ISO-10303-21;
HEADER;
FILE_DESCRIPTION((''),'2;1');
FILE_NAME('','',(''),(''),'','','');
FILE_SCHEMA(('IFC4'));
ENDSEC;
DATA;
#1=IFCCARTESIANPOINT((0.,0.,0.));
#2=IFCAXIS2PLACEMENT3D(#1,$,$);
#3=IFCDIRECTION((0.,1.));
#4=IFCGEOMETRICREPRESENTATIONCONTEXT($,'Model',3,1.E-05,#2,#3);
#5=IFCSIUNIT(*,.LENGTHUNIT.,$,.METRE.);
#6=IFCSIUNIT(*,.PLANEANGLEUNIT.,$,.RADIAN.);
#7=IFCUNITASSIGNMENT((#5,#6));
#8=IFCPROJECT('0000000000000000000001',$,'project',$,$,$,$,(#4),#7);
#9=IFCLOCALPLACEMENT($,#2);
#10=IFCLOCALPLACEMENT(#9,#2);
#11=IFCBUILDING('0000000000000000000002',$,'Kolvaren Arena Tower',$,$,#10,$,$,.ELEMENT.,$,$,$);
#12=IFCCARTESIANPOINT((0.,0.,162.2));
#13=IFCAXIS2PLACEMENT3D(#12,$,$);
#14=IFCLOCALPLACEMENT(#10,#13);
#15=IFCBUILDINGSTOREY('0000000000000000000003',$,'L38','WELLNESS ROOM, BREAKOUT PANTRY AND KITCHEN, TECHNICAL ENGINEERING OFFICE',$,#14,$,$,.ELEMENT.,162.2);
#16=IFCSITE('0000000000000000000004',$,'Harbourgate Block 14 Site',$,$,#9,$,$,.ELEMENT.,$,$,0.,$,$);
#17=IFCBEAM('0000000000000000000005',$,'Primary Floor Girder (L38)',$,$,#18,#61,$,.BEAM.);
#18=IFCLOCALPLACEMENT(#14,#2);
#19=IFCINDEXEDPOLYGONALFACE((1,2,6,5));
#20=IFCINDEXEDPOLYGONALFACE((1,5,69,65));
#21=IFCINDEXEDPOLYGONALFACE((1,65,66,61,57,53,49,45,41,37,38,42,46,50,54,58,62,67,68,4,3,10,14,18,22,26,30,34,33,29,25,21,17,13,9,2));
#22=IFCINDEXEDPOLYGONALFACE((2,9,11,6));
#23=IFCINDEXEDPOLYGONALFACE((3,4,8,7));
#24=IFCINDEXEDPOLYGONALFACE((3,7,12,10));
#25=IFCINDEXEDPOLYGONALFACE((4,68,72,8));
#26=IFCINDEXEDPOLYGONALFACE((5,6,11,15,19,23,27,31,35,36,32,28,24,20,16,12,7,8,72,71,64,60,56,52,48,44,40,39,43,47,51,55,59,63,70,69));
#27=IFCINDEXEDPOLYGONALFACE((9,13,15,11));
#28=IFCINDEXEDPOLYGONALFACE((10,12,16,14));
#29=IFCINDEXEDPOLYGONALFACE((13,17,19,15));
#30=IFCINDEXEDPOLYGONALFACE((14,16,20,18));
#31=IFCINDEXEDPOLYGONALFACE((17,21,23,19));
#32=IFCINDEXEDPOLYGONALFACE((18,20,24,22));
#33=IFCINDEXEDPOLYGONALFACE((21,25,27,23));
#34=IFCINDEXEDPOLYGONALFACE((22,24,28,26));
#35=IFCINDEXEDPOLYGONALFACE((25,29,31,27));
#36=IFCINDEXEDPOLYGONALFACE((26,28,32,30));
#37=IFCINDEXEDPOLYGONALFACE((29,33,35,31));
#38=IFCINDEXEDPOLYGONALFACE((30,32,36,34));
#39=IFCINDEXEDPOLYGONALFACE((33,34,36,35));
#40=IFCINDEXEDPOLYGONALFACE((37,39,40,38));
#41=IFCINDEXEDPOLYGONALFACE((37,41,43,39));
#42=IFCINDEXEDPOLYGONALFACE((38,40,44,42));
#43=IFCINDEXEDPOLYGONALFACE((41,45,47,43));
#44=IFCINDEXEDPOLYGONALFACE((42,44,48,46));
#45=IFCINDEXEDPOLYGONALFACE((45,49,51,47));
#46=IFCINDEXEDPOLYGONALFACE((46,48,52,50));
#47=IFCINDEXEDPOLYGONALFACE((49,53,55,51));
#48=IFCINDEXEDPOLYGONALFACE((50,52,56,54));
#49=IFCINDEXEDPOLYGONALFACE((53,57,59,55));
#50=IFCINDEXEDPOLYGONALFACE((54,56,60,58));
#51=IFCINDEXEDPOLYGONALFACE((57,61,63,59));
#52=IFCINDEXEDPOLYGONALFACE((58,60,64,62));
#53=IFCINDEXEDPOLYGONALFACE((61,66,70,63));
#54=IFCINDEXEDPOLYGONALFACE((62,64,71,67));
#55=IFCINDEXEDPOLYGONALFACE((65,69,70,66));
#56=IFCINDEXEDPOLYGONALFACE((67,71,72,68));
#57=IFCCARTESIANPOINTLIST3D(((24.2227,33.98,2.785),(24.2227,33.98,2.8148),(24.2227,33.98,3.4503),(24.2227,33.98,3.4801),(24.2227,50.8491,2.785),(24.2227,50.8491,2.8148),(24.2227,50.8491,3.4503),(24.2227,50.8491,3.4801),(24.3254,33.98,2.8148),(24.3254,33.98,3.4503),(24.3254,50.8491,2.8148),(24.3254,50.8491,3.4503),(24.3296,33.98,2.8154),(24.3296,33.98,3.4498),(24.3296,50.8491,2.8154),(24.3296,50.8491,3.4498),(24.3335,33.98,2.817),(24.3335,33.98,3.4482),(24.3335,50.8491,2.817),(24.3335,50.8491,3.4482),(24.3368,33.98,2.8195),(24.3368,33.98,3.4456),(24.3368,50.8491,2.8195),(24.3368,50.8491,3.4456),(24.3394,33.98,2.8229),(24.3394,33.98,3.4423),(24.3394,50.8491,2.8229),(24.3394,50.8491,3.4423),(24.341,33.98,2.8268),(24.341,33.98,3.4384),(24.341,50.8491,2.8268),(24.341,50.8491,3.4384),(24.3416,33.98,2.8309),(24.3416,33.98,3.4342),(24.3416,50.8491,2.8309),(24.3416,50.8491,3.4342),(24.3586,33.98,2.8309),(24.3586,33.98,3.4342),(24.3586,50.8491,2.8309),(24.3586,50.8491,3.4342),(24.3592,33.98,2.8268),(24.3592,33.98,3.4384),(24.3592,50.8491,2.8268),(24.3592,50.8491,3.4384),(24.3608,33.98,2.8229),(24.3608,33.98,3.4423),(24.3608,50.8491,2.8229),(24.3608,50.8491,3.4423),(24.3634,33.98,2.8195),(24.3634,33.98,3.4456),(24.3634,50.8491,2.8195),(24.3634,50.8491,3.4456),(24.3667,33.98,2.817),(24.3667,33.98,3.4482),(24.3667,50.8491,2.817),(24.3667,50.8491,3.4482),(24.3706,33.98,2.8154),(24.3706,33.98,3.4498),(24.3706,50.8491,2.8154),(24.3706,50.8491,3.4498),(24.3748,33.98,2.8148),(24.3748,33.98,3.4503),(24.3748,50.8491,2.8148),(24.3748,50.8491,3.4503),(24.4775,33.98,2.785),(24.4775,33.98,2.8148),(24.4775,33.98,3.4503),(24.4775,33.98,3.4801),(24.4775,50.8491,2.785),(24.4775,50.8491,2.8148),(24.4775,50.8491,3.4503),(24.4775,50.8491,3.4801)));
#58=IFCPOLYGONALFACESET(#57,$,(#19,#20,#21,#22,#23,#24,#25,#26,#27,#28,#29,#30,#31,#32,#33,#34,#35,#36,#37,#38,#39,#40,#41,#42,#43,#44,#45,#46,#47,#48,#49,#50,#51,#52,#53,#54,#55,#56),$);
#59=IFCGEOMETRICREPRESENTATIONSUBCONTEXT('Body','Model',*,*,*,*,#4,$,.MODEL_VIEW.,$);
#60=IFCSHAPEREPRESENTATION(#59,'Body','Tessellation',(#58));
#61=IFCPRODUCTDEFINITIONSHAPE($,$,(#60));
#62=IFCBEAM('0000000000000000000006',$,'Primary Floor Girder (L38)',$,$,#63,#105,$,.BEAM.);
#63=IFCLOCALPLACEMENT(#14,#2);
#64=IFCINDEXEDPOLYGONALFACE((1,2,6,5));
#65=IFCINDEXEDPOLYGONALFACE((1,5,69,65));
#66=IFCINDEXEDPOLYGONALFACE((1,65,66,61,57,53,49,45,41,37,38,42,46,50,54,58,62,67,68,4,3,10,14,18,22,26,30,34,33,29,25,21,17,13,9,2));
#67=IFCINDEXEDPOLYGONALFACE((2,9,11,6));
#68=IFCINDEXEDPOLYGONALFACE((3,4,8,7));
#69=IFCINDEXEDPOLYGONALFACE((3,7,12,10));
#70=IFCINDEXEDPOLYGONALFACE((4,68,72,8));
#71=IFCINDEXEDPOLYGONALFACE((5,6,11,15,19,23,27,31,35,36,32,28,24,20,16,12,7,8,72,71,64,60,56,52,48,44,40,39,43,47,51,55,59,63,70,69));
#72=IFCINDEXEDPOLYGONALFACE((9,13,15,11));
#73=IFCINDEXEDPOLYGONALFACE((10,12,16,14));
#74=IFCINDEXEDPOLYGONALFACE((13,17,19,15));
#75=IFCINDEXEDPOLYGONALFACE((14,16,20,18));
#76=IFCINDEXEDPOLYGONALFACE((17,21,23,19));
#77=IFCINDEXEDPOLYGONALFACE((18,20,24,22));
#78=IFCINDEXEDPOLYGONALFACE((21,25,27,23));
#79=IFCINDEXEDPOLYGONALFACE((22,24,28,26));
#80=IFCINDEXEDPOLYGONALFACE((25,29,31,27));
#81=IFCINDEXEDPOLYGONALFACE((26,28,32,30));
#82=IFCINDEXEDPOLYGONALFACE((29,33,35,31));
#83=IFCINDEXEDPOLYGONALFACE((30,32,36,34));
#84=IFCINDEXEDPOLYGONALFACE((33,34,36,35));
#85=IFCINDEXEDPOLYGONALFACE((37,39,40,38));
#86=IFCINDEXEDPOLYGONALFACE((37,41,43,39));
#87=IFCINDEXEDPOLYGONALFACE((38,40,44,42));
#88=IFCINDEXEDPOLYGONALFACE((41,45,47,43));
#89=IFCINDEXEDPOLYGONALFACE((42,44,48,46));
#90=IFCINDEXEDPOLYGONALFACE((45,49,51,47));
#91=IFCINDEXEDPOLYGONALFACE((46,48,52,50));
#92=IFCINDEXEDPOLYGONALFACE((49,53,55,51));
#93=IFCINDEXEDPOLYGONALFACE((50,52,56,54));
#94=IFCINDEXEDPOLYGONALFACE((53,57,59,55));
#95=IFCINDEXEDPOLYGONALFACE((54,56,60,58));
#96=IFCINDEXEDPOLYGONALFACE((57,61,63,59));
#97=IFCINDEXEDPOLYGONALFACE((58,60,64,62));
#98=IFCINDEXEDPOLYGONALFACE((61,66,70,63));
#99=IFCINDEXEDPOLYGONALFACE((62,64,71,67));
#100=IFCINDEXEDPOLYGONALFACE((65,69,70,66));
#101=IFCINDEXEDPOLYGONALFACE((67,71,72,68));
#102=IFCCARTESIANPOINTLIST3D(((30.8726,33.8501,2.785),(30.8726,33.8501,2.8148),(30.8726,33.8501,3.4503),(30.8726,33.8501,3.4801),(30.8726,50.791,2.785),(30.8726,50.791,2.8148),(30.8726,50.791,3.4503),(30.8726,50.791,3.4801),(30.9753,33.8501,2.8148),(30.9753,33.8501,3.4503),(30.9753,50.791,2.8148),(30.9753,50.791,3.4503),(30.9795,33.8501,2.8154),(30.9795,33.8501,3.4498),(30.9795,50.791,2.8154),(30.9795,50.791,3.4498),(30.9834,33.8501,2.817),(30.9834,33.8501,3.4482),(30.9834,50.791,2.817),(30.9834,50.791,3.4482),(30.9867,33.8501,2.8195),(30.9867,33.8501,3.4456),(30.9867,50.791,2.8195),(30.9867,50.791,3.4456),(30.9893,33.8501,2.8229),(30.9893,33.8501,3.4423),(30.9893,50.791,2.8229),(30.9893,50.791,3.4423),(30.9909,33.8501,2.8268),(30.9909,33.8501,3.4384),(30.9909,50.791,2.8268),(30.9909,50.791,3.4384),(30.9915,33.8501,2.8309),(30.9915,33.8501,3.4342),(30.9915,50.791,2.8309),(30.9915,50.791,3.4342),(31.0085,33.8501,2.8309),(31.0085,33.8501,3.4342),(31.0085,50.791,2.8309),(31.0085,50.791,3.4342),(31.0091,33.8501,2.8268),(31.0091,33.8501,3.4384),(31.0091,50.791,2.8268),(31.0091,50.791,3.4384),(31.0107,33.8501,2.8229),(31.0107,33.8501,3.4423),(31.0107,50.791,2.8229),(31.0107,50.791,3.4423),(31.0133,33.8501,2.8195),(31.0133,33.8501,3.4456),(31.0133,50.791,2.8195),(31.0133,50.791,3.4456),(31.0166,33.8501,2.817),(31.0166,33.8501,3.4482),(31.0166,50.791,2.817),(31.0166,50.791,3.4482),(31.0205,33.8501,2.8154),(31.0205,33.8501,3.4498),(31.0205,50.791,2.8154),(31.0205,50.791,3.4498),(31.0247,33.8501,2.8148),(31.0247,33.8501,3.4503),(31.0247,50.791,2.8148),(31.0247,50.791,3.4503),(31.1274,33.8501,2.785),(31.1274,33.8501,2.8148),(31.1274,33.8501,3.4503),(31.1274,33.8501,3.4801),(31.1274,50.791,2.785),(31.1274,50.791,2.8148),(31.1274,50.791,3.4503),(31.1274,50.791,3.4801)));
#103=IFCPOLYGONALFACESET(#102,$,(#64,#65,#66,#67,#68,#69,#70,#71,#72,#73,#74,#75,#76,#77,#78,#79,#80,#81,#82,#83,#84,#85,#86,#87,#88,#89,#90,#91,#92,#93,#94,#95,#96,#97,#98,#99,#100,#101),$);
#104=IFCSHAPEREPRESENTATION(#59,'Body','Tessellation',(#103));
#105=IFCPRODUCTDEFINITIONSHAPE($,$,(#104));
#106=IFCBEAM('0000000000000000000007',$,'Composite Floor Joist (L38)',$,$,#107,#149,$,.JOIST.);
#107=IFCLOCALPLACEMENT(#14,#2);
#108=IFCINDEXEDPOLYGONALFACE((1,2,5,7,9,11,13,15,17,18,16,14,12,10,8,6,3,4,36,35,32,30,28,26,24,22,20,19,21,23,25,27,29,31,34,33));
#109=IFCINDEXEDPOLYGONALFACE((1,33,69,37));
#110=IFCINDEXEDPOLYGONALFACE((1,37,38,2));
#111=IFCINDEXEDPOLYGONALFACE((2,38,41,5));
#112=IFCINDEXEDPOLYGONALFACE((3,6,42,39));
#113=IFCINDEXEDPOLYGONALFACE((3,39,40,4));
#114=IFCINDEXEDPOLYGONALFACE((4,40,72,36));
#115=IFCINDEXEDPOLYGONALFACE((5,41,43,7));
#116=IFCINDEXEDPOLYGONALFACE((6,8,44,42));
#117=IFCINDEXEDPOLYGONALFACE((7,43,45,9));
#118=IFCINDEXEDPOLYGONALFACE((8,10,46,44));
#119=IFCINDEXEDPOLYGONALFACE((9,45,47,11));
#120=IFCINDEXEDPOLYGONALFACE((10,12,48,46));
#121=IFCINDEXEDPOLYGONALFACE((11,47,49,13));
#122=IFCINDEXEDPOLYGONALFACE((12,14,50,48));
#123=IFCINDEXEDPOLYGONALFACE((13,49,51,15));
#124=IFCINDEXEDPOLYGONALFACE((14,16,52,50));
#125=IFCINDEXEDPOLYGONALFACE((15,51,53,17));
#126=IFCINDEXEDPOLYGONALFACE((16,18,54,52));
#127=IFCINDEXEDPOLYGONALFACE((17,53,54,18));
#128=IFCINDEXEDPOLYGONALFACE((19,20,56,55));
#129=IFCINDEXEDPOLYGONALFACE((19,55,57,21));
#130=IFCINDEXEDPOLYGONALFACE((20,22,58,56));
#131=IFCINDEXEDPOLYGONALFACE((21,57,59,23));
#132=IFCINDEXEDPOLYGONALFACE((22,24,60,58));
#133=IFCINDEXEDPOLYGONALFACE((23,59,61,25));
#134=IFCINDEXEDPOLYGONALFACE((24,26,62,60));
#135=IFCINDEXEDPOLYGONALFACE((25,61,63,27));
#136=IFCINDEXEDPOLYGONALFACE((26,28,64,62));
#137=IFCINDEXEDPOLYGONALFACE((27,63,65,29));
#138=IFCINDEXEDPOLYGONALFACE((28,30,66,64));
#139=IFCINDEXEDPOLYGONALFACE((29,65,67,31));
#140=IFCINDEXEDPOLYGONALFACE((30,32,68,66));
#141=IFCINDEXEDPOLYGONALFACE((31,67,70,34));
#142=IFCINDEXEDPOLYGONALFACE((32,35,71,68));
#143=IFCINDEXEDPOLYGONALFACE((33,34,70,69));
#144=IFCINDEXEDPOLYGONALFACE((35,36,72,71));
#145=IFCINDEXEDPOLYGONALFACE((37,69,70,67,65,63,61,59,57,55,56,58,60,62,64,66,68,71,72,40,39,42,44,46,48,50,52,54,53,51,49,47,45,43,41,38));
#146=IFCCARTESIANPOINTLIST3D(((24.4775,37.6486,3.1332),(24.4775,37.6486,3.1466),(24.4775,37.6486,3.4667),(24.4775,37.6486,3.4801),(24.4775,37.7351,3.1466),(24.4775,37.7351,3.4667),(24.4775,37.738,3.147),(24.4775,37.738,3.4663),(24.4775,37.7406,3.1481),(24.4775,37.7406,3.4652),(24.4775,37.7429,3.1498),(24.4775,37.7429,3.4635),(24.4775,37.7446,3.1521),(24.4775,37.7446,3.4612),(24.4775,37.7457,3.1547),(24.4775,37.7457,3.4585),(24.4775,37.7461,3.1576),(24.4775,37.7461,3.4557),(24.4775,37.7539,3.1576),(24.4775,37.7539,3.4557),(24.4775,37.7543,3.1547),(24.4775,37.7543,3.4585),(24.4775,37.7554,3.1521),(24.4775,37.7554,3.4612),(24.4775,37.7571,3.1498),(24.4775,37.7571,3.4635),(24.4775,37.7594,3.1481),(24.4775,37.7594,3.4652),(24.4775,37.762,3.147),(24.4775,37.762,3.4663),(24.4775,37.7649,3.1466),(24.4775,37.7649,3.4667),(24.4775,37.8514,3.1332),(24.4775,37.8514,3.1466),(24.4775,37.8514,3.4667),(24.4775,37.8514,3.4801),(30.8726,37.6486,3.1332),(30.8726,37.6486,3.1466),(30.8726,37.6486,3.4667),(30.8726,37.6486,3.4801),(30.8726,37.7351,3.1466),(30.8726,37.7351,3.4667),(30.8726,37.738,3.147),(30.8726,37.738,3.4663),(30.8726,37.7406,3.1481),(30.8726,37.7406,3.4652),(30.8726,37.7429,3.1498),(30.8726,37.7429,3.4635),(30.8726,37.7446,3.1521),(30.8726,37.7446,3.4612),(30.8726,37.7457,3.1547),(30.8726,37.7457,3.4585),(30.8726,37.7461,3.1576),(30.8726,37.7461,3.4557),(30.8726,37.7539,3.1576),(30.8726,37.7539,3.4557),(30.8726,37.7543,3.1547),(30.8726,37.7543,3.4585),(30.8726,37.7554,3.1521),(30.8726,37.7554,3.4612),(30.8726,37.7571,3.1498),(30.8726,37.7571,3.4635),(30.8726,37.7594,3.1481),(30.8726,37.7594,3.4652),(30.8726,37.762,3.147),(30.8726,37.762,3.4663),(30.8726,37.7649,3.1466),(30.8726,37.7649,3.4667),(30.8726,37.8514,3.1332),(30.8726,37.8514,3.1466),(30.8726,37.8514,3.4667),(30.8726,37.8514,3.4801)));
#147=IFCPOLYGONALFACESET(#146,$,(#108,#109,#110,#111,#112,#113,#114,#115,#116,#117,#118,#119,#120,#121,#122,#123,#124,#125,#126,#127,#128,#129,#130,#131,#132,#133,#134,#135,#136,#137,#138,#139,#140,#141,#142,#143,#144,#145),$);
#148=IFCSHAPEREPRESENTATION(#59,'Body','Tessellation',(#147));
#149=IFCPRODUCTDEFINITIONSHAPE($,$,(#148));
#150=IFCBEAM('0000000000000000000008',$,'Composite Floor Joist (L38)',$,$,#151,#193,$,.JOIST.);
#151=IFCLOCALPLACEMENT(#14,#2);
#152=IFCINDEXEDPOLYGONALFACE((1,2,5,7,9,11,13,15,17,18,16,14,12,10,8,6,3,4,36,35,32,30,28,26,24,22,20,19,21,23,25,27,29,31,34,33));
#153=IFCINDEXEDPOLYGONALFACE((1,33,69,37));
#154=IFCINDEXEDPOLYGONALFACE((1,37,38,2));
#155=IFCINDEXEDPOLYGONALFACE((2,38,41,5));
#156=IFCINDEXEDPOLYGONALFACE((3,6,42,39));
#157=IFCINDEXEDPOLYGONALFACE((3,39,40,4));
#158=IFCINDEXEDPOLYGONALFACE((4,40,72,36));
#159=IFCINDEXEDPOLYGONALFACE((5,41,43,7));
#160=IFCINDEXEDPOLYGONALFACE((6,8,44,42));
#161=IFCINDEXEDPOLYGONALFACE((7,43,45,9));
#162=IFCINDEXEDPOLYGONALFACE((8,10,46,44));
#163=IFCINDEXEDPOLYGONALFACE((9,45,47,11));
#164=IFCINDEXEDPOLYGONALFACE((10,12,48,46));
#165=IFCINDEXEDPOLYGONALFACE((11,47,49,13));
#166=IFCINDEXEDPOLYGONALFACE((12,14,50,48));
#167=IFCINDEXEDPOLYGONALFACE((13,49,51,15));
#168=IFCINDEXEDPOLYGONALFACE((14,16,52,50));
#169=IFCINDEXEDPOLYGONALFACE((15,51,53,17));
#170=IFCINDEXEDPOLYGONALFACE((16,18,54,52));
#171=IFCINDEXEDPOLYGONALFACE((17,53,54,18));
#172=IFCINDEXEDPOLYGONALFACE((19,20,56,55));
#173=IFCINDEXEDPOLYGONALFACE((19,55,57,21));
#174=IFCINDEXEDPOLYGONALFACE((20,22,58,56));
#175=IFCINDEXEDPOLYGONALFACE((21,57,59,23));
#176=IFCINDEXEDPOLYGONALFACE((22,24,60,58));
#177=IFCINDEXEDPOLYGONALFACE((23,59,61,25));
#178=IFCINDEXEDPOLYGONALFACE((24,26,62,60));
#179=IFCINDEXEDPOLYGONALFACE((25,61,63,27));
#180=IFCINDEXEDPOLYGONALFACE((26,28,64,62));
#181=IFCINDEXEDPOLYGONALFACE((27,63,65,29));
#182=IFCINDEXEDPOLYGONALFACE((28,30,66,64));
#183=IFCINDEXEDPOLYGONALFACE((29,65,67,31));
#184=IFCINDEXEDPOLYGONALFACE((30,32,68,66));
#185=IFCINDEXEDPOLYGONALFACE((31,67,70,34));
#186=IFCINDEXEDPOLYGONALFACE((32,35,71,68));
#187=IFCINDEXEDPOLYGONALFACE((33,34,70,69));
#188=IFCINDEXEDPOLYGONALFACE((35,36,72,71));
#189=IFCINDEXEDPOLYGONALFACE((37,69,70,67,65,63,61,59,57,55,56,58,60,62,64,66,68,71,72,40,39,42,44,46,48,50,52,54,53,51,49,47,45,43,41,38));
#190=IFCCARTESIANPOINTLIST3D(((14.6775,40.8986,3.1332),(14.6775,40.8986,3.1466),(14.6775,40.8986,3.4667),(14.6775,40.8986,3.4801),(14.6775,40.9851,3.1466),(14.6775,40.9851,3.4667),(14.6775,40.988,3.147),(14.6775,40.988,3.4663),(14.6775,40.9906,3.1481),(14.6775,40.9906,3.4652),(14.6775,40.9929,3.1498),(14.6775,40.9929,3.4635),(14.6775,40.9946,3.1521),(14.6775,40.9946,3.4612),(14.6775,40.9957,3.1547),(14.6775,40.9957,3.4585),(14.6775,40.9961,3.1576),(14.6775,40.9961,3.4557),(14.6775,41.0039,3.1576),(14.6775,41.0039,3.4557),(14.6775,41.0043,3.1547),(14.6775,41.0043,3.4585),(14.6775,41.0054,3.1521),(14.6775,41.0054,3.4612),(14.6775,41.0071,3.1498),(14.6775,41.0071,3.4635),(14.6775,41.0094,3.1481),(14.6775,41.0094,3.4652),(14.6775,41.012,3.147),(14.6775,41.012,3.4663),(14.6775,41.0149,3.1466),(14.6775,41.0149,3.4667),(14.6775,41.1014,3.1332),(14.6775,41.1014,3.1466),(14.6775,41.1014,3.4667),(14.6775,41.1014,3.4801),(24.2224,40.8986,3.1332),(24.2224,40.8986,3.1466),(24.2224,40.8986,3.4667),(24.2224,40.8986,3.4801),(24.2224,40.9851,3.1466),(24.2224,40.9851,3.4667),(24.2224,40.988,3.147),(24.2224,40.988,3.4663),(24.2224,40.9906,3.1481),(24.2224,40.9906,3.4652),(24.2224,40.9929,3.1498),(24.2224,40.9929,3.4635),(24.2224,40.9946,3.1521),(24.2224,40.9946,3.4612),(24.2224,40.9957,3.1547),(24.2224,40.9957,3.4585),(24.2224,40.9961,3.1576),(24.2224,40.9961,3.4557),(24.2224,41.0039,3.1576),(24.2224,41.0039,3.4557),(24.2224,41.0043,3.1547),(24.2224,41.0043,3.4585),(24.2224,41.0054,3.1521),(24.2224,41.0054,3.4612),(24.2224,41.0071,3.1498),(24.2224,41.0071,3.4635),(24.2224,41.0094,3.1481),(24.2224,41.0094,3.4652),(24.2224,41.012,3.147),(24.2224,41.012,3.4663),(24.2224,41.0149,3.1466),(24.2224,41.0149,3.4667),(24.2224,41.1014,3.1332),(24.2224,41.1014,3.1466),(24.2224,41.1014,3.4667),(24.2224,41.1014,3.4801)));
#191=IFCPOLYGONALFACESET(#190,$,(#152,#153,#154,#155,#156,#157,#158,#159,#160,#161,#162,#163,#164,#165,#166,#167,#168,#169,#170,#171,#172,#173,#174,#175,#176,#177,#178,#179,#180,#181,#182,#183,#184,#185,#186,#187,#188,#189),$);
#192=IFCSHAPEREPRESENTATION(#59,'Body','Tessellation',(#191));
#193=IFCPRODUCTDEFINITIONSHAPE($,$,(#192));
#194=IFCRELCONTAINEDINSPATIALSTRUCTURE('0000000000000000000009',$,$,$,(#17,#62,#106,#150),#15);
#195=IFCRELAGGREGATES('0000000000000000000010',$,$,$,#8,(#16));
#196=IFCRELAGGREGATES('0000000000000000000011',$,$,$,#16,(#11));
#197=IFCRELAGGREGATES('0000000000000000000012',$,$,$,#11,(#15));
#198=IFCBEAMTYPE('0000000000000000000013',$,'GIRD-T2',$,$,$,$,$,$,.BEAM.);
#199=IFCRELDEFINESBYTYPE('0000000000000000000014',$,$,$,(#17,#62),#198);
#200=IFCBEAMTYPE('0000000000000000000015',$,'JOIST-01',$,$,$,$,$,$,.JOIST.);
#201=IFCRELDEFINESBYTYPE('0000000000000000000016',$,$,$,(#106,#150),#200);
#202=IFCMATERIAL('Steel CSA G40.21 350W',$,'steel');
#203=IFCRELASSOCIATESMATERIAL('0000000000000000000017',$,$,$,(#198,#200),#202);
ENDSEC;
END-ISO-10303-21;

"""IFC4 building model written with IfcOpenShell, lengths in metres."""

from ifc_helpers import new_model, si_unit, direction, frame, origin, origin_2d, place, context, subcontext, project, spatial, i_section, extrude, material, material_profile, profile_set, type_object, element, save


model = new_model("IFC4")

# Units and contexts
model_context = context("Model", 3, precision=1e-05, world=origin(), true_north=direction((0.0, 1.0)))
body_context = subcontext(model_context, "Body", "Model", "MODEL_VIEW")
ifc_project = project(units=[si_unit("LENGTHUNIT", "METRE"), si_unit("PLANEANGLEUNIT", "RADIAN")], contexts=[model_context])

# Site, building, storey
site_placement = place(None, origin())
site = spatial("IfcSite", under=ifc_project, at=site_placement, Name="Harbourgate Block 14 Site", CompositionType="ELEMENT", RefElevation=0.0)
building_placement = place(site_placement, origin())
building = spatial("IfcBuilding", under=site, at=building_placement, Name="Kolvaren Arena Tower", CompositionType="ELEMENT")
storey_placement = place(building_placement, frame((0.0, 0.0, 162.2)))
storey = spatial("IfcBuildingStorey", under=building, at=storey_placement, Name="L38", Description="WELLNESS ROOM, BREAKOUT PANTRY AND KITCHEN, TECHNICAL ENGINEERING OFFICE", CompositionType="ELEMENT", Elevation=162.2)

# Beams
ifc_material_1 = material(Name="Steel CSA G40.21 350W", Category="steel")
ifc_material_profile_1 = material_profile(ifc_material_1, i_section(OverallWidth=0.2549, OverallDepth=0.6951, WebThickness=0.0171, FlangeThickness=0.0298, FilletRadius=0.0161, at=origin_2d()), Name="W690x217")
ifc_profile_set_1 = profile_set([ifc_material_profile_1], Name="Steel CSA G40.21 350W")
beam_type_1 = type_object("IfcBeamType", Name="GIRD-T2", PredefinedType="BEAM", material=ifc_profile_set_1)
beam_1_placement = place(storey_placement, frame((24.3501, 33.98, 3.1326), z_axis=(0.0, 1.0, 0.0), x_axis=(-1.0, 0.0, 0.0)))
element("IfcBeam", 1, at=beam_1_placement, inside=storey, type_object=beam_type_1, Name="Primary Floor Girder (L38)", PredefinedType="BEAM", context=body_context, shape_type="SweptSolid", body=[
    extrude(i_section(OverallWidth=0.2549, OverallDepth=0.6951, WebThickness=0.0171, FlangeThickness=0.0298, FilletRadius=0.0161, at=origin_2d()), origin(), (0.0, 0.0, 1.0), 16.8691),
])
beam_2_placement = place(storey_placement, frame((31.0, 33.8501, 3.1326), z_axis=(0.0, 1.0, 0.0), x_axis=(-1.0, 0.0, 0.0)))
element("IfcBeam", 2, at=beam_2_placement, inside=storey, type_object=beam_type_1, Name="Primary Floor Girder (L38)", PredefinedType="BEAM", context=body_context, shape_type="SweptSolid", body=[
    extrude(i_section(OverallWidth=0.2549, OverallDepth=0.6951, WebThickness=0.0171, FlangeThickness=0.0298, FilletRadius=0.0161, at=origin_2d()), origin(), (0.0, 0.0, 1.0), 16.9409),
])
ifc_material_profile_2 = material_profile(ifc_material_1, i_section(OverallWidth=0.2029, OverallDepth=0.3469, WebThickness=0.0078, FlangeThickness=0.0134, FilletRadius=0.011, at=origin_2d()), Name="W360x64")
ifc_profile_set_2 = profile_set([ifc_material_profile_2], Name="Steel CSA G40.21 350W")
beam_type_2 = type_object("IfcBeamType", Name="JOIST-01", PredefinedType="JOIST", material=ifc_profile_set_2)
beam_3_placement = place(storey_placement, frame((24.4775, 37.75, 3.3066), z_axis=(1.0, 0.0, 0.0), x_axis=(0.0, 1.0, 0.0)))
element("IfcBeam", 3, at=beam_3_placement, inside=storey, type_object=beam_type_2, Name="Composite Floor Joist (L38)", PredefinedType="JOIST", context=body_context, shape_type="SweptSolid", body=[
    extrude(i_section(OverallWidth=0.2029, OverallDepth=0.3469, WebThickness=0.0078, FlangeThickness=0.0134, FilletRadius=0.011, at=origin_2d()), origin(), (0.0, 0.0, 1.0), 6.395),
])
beam_4_placement = place(storey_placement, frame((14.6775, 41.0, 3.3066), z_axis=(1.0, 0.0, 0.0), x_axis=(0.0, 1.0, 0.0)))
element("IfcBeam", 4, at=beam_4_placement, inside=storey, type_object=beam_type_2, Name="Composite Floor Joist (L38)", PredefinedType="JOIST", context=body_context, shape_type="SweptSolid", body=[
    extrude(i_section(OverallWidth=0.2029, OverallDepth=0.3469, WebThickness=0.0078, FlangeThickness=0.0134, FilletRadius=0.011, at=origin_2d()), origin(), (0.0, 0.0, 1.0), 9.5449),
])

save(model, "model.ifc")
